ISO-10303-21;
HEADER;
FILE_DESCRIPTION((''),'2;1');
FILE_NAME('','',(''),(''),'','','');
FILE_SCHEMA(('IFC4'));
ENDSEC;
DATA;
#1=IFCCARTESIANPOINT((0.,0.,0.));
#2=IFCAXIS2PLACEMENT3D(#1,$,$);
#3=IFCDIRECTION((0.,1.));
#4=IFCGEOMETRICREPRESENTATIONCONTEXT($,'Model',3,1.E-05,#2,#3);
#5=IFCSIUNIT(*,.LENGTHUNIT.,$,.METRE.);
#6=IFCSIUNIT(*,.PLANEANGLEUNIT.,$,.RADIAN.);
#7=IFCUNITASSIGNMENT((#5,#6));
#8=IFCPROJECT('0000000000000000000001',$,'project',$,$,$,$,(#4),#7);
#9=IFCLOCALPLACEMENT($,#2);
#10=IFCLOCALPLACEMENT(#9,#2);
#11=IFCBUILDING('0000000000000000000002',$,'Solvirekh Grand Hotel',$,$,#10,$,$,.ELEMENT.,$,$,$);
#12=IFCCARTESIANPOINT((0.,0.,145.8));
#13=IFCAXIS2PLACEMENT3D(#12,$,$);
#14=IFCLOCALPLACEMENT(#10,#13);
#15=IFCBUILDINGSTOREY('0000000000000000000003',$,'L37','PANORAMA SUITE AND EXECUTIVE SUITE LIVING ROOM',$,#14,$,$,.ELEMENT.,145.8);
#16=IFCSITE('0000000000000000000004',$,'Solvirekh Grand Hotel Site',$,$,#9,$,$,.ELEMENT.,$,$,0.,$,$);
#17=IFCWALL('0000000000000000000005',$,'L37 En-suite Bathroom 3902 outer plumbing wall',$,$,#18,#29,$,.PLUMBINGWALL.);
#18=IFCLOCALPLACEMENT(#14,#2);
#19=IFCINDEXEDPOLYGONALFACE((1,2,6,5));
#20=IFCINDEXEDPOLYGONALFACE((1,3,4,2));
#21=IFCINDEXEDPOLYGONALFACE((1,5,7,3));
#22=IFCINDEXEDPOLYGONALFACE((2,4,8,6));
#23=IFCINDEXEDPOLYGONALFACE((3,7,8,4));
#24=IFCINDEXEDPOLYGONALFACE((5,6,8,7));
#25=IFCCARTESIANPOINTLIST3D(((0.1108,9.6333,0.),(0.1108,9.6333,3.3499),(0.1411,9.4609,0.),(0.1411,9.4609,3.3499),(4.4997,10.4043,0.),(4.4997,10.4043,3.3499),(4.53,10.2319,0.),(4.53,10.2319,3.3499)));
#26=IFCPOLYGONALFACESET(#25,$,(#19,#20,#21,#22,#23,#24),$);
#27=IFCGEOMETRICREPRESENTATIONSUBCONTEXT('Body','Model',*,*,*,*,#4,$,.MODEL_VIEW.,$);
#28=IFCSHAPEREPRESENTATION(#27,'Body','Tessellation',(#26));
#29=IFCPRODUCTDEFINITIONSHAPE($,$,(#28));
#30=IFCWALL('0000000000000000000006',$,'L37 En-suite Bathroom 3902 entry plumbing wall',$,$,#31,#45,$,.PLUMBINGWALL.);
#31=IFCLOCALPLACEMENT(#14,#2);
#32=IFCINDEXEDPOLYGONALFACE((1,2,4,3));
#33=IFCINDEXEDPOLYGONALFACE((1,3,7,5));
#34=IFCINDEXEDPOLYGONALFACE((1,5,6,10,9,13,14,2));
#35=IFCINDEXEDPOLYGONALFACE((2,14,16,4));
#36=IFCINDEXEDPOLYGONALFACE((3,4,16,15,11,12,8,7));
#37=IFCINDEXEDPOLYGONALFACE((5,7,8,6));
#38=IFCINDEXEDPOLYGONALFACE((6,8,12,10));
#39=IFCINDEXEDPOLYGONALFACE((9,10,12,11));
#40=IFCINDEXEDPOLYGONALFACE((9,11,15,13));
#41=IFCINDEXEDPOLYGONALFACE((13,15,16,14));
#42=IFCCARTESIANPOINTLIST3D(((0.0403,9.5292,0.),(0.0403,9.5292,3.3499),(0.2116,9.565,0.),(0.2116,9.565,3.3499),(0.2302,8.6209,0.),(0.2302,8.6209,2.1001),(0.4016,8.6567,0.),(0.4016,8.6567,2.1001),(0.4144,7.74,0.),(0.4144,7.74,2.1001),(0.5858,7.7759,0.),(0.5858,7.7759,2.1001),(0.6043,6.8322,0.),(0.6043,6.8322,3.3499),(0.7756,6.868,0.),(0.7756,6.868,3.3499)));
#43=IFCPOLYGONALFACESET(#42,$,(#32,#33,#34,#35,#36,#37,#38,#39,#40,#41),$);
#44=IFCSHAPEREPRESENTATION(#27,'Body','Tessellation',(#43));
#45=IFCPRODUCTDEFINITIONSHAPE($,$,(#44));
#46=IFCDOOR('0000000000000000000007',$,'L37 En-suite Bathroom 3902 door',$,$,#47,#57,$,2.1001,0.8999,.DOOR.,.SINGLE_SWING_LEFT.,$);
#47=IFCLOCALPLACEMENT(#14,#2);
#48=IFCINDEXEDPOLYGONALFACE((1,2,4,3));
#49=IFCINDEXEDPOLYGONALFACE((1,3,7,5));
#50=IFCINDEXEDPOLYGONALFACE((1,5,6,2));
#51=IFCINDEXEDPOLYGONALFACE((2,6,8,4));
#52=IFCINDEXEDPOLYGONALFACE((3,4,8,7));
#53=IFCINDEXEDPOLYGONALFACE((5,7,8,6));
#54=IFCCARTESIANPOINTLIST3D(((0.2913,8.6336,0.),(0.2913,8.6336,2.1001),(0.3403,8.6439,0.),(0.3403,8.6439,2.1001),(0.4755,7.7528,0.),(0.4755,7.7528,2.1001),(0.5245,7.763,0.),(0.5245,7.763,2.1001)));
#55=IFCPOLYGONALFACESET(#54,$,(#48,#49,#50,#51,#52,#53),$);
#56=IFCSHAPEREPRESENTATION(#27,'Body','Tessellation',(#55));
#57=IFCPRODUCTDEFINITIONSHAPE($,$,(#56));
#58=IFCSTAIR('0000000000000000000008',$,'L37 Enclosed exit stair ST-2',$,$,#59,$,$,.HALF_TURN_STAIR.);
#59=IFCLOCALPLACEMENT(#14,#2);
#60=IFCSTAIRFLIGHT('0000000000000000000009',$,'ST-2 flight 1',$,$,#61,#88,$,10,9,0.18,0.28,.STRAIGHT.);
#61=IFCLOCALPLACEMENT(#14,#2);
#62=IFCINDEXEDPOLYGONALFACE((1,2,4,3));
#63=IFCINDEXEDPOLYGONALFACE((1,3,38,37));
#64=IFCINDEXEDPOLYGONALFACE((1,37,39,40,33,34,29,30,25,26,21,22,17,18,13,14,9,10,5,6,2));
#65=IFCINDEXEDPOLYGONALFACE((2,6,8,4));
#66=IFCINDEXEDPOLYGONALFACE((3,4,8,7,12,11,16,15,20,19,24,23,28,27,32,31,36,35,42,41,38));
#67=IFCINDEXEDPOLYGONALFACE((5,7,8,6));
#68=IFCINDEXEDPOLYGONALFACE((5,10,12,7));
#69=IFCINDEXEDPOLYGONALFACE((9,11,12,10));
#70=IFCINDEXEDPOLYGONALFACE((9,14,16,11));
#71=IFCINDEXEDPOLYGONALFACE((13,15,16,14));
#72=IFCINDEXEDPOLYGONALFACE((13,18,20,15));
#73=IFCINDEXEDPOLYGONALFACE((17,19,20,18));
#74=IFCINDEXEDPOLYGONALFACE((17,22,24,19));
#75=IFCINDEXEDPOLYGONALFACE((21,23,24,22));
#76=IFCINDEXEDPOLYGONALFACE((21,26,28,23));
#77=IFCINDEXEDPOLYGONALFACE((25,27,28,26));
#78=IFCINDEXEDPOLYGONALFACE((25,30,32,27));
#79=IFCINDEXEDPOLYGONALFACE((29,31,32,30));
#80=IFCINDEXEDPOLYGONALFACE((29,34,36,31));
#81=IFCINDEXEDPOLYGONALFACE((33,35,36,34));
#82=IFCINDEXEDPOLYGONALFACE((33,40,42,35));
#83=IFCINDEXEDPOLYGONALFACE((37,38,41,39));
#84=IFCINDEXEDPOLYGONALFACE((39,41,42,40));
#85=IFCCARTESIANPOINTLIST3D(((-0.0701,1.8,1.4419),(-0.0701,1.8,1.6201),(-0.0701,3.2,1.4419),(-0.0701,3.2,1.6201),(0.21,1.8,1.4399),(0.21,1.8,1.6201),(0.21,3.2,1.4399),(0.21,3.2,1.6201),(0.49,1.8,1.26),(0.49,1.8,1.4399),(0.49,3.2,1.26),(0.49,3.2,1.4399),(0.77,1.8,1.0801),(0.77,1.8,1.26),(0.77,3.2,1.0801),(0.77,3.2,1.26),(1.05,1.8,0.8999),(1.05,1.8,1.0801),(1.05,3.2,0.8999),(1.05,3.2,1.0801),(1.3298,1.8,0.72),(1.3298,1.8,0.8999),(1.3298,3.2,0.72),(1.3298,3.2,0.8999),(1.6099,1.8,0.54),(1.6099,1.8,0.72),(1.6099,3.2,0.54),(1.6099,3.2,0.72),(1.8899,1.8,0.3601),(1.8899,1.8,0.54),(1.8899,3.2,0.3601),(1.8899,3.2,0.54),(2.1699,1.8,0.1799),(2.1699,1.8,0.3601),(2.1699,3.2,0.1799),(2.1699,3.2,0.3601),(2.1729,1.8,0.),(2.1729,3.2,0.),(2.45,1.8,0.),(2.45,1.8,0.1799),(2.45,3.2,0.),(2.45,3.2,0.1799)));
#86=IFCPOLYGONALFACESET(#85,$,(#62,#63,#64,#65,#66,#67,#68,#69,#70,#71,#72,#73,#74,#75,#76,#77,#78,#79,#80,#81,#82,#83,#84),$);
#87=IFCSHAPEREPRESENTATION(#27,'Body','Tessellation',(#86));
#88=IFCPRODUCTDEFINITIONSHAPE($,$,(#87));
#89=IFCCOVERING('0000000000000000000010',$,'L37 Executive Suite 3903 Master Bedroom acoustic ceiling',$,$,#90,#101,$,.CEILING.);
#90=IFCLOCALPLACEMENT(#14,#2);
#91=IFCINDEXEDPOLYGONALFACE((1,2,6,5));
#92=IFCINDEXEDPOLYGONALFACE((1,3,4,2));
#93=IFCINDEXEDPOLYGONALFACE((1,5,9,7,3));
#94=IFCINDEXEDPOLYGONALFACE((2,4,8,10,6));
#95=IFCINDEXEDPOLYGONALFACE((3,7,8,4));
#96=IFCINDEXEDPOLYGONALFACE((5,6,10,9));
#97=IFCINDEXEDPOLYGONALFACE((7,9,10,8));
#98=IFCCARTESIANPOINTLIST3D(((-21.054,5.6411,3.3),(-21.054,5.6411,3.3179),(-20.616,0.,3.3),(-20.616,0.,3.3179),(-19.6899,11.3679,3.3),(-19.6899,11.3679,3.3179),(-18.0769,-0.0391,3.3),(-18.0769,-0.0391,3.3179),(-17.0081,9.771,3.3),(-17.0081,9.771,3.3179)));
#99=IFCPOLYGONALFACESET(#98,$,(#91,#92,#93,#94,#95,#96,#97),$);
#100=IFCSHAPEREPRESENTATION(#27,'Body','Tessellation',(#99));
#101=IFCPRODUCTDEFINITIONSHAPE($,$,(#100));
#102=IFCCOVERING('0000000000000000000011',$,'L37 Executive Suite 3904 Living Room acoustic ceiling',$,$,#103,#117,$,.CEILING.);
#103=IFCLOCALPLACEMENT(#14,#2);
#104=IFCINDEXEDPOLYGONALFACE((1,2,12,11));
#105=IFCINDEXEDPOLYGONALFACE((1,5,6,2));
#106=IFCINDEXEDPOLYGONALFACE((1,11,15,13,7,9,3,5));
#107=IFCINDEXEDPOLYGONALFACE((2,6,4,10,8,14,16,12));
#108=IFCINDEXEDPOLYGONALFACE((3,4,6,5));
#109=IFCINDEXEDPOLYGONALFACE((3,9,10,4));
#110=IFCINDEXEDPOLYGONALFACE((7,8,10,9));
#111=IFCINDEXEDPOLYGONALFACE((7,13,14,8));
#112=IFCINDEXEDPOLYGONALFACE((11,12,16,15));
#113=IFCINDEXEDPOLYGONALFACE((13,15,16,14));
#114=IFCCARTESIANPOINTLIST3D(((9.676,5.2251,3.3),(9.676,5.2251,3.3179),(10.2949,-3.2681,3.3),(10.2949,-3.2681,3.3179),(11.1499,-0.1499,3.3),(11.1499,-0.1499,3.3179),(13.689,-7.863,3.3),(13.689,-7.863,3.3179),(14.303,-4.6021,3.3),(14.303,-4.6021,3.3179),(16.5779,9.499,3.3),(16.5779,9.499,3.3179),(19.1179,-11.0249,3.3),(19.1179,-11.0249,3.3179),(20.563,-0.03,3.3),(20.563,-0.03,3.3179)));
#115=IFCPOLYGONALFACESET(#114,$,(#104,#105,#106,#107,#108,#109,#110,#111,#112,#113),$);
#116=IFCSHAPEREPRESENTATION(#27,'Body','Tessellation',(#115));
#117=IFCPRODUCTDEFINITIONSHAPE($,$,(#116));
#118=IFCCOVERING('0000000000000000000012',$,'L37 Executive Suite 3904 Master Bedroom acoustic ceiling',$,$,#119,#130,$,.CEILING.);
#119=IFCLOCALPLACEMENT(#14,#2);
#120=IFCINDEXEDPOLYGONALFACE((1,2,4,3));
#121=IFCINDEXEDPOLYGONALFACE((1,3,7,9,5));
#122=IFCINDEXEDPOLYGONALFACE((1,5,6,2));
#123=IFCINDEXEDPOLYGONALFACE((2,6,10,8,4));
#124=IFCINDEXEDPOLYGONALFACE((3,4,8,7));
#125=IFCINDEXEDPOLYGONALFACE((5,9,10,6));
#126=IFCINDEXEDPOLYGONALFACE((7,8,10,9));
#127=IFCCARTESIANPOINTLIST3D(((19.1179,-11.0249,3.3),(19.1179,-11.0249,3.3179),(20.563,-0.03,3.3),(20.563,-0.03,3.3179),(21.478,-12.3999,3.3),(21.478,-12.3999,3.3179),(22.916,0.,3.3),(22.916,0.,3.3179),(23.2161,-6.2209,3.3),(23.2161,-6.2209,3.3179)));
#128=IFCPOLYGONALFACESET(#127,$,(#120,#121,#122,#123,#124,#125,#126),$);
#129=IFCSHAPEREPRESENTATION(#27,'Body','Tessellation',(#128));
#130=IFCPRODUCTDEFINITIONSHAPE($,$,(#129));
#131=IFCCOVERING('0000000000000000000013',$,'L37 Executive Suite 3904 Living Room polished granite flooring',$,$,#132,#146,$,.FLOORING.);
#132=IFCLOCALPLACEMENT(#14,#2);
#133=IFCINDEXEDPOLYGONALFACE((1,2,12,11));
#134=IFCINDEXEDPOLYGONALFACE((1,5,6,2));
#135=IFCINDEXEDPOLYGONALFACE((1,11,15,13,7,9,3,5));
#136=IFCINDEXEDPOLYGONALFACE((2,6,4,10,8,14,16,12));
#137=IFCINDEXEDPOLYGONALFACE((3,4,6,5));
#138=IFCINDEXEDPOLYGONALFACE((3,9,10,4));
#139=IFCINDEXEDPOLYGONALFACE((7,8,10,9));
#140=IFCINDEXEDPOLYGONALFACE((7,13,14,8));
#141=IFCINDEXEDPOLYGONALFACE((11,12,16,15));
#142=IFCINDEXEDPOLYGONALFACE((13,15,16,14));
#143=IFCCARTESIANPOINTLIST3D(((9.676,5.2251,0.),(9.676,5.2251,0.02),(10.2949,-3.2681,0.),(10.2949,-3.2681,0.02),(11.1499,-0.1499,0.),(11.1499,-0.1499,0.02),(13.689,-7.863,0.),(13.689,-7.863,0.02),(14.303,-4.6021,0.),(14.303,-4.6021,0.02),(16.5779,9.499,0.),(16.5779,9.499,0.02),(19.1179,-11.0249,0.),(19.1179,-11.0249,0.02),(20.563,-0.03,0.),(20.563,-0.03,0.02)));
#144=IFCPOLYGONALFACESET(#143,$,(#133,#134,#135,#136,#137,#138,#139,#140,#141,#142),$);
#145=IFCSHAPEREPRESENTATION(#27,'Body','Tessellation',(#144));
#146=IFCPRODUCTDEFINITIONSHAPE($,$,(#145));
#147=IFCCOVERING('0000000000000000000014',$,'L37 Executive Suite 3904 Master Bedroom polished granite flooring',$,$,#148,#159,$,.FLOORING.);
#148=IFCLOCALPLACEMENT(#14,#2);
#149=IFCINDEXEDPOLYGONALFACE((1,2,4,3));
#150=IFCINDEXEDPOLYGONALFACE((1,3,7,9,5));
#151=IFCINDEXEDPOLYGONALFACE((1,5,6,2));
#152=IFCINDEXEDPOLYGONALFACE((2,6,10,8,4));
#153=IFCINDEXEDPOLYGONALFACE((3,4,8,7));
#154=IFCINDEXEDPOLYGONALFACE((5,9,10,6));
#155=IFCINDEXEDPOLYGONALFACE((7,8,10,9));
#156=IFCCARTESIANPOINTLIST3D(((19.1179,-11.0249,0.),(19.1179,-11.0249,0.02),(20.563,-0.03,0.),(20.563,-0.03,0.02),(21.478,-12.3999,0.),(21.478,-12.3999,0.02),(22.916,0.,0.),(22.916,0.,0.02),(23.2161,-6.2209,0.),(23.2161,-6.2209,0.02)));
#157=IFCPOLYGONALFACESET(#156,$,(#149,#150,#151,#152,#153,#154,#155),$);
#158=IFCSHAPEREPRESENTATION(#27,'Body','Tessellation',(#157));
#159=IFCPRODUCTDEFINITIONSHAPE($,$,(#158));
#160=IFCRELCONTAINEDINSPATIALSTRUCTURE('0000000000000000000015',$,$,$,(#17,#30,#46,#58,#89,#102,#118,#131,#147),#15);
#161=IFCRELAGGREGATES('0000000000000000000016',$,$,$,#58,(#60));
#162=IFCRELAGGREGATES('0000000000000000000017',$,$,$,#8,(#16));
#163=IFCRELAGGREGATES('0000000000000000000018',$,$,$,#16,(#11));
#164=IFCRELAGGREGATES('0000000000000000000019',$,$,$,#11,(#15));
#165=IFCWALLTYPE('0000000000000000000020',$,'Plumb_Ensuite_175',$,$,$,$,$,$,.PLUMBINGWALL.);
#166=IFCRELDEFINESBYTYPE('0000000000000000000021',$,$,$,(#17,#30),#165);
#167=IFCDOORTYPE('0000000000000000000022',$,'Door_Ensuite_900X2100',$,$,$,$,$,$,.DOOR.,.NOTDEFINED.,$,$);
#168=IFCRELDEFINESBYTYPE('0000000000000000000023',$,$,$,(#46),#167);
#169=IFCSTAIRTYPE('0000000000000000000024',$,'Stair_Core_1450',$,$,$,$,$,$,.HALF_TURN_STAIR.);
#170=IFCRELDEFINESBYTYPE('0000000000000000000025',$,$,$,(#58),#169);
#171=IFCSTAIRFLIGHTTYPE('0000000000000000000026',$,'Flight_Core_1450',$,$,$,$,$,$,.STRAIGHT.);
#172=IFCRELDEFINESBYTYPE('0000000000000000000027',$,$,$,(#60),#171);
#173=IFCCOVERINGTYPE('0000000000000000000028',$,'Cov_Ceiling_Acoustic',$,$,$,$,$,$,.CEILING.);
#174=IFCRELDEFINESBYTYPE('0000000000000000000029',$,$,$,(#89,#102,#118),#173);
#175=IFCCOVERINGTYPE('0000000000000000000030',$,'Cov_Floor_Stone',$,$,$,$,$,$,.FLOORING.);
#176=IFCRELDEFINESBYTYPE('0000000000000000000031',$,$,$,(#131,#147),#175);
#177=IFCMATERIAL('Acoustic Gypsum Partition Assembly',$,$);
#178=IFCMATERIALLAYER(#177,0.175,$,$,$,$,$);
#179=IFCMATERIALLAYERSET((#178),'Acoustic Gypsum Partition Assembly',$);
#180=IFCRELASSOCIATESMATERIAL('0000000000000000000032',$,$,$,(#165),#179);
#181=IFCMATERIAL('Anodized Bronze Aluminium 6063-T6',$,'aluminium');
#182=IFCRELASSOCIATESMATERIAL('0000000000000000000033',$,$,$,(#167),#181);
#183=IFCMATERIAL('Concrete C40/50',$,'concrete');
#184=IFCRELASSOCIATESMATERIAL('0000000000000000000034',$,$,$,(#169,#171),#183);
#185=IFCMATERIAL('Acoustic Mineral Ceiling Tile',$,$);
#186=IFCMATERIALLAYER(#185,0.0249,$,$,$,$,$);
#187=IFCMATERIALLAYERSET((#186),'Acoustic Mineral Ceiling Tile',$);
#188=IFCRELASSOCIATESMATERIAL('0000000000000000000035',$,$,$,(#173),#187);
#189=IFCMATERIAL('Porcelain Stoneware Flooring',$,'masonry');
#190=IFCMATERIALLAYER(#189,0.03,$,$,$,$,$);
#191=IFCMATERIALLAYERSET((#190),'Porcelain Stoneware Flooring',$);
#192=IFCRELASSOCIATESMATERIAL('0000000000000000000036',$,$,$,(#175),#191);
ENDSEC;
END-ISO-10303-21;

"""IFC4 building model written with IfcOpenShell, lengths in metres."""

from ifc_helpers import new_model, si_unit, direction, frame, frame_2d, origin, place, context, subcontext, project, spatial, polyline, rectangle, outline, extrude, material, layer, layer_set, type_object, element, fill, aggregate, save


model = new_model("IFC4")

# Units and contexts
model_context = context("Model", 3, precision=1e-05, world=origin(), true_north=direction((0.0, 1.0)))
body_context = subcontext(model_context, "Body", "Model", "MODEL_VIEW")
ifc_project = project(units=[si_unit("LENGTHUNIT", "METRE"), si_unit("PLANEANGLEUNIT", "RADIAN")], contexts=[model_context])

# Site, building, storey
site_placement = place(None, origin())
site = spatial("IfcSite", under=ifc_project, at=site_placement, Name="Solvirekh Grand Hotel Site", CompositionType="ELEMENT", RefElevation=0.0)
building_placement = place(site_placement, origin())
building = spatial("IfcBuilding", under=site, at=building_placement, Name="Solvirekh Grand Hotel", CompositionType="ELEMENT")
storey_placement = place(building_placement, frame((0.0, 0.0, 145.8)))
storey = spatial("IfcBuildingStorey", under=building, at=storey_placement, Name="L37", Description="PANORAMA SUITE AND EXECUTIVE SUITE LIVING ROOM", CompositionType="ELEMENT", Elevation=145.8)

# Shared definitions
ifc_material_1 = material(Name="Anodized Bronze Aluminium 6063-T6", Category="aluminium")

# Shared definitions
ifc_material_2 = material(Name="Concrete C40/50", Category="concrete")

# Shared definitions
ifc_material_3 = material(Name="Acoustic Gypsum Partition Assembly")
ifc_layer_1 = layer(ifc_material_3, 0.175)
ifc_layer_set_1 = layer_set([ifc_layer_1], Name="Acoustic Gypsum Partition Assembly")
wall_type_1 = type_object("IfcWallType", Name="Plumb_Ensuite_175", PredefinedType="PLUMBINGWALL", material=ifc_layer_set_1)

# Shared definitions
door_type = type_object("IfcDoorType", Name="Door_Ensuite_900X2100", OperationType="NOTDEFINED", PredefinedType="DOOR", material=ifc_material_1)

# Wall
wall_1_placement = place(storey_placement, frame((0.126, 9.5471, 0.0), z_axis=(0.0, 0.0, 1.0), x_axis=(0.984918, 0.17302, 0.0)))
element("IfcWall", 1, at=wall_1_placement, inside=storey, type_object=wall_type_1, Name="L37 En-suite Bathroom 3902 outer plumbing wall", PredefinedType="PLUMBINGWALL", context=body_context, shape_type="SweptSolid", body=[
    extrude(rectangle(XDim=4.4561, YDim=0.175, at=frame_2d((2.228, 0.0))), origin(), (0.0, 0.0, 1.0), 3.3499),
])

# Wall, opening, door
wall_2_placement = place(storey_placement, frame((0.126, 9.5471, 0.0), z_axis=(0.0, 0.0, 1.0), x_axis=(0.20468, -0.978829, 0.0)))
wall_2 = element("IfcWall", 2, at=wall_2_placement, inside=storey, type_object=wall_type_1, Name="L37 En-suite Bathroom 3902 entry plumbing wall", PredefinedType="PLUMBINGWALL", context=body_context, shape_type="SweptSolid", body=[
    extrude(rectangle(XDim=2.7554, YDim=0.175, at=frame_2d((1.3777, 0.0))), origin(), (0.0, 0.0, 1.0), 3.3499),
])
opening_1_placement = place(wall_2_placement, frame((0.928, 0.0, 0.0)))
opening_1 = element("IfcOpeningElement", 3, at=opening_1_placement, cuts=wall_2, PredefinedType="OPENING", context=body_context, shape_type="SweptSolid", body=[
    extrude(rectangle(XDim=0.8999, YDim=2.1001, at=frame_2d((0.45, 1.05))), frame((0.0, 0.0977, 0.0), z_axis=(0.0, -1.0, 0.0), x_axis=(1.0, 0.0, 0.0)), (0.0, 0.0, 1.0), 0.1951),
])
door_1_placement = place(opening_1_placement, origin())
door_1 = element("IfcDoor", 4, at=door_1_placement, inside=storey, type_object=door_type, Name="L37 En-suite Bathroom 3902 door", OperationType="SINGLE_SWING_LEFT", OverallHeight=2.1001, OverallWidth=0.8999, PredefinedType="DOOR", context=body_context, shape_type="SweptSolid", body=[
    extrude(rectangle(XDim=0.8999, YDim=2.1001, at=frame_2d((0.45, 1.05))), frame((0.0, 0.0249, 0.0), z_axis=(0.0, -1.0, 0.0), x_axis=(1.0, 0.0, 0.0)), (0.0, 0.0, 1.0), 0.05),
])
fill(opening_1, door_1)

# Stair, stair flight
stair_type = type_object("IfcStairType", Name="Stair_Core_1450", PredefinedType="HALF_TURN_STAIR", material=ifc_material_2)
stair_placement = place(storey_placement, origin())
stair = element("IfcStair", 5, at=stair_placement, inside=storey, type_object=stair_type, Name="L37 Enclosed exit stair ST-2", PredefinedType="HALF_TURN_STAIR")
stair_flight_type = type_object("IfcStairFlightType", Name="Flight_Core_1450", PredefinedType="STRAIGHT", material=ifc_material_2)
stair_flight_placement = place(storey_placement, frame((2.45, 2.5, 0.0), z_axis=(0.0, 0.0, 1.0), x_axis=(-1.0, 0.0, 0.0)))
stair_flight = element("IfcStairFlight", 6, at=stair_flight_placement, type_object=stair_flight_type, Name="ST-2 flight 1", NumberOfRisers=10, NumberOfTreads=9, PredefinedType="STRAIGHT", RiserHeight=0.18, TreadLength=0.28, context=body_context, shape_type="SweptSolid", body=[
    extrude(outline(polyline([(0.0, 0.0), (0.0, 0.1799), (0.28, 0.1799), (0.28, 0.3601), (0.5601, 0.3601), (0.5601, 0.54), (0.8401, 0.54), (0.8401, 0.72), (1.1201, 0.72), (1.1201, 0.8999), (1.3999, 0.8999), (1.3999, 1.0801), (1.6799, 1.0801), (1.6799, 1.26), (1.96, 1.26), (1.96, 1.4399), (2.24, 1.4399), (2.24, 1.6201), (2.52, 1.6201), (2.52, 1.8), (2.52, 1.4419), (0.2771, 0.0), (0.0, 0.0)])), frame((0.0, 0.7, 0.0), z_axis=(0.0, -1.0, 0.0), x_axis=(1.0, 0.0, 0.0)), (0.0, 0.0, 1.0), 1.3999),
])
aggregate(stair, [stair_flight])

# Coverings
ifc_material_4 = material(Name="Acoustic Mineral Ceiling Tile")
ifc_layer_2 = layer(ifc_material_4, 0.0249)
ifc_layer_set_2 = layer_set([ifc_layer_2], Name="Acoustic Mineral Ceiling Tile")
covering_type_1 = type_object("IfcCoveringType", Name="Cov_Ceiling_Acoustic", PredefinedType="CEILING", material=ifc_layer_set_2)
covering_1_placement = place(storey_placement, frame((0.0, 0.0, 3.3)))
element("IfcCovering", 7, at=covering_1_placement, inside=storey, type_object=covering_type_1, Name="L37 Executive Suite 3903 Master Bedroom acoustic ceiling", PredefinedType="CEILING", context=body_context, shape_type="SweptSolid", body=[
    extrude(outline(polyline([(-19.6899, 11.3679), (-21.054, 5.6411), (-20.616, 0.0), (-18.0769, -0.0391), (-17.0081, 9.771), (-19.6899, 11.3679)])), origin(), (0.0, 0.0, 1.0), 0.0178),
])
covering_2_placement = place(storey_placement, frame((0.0, 0.0, 3.3)))
element("IfcCovering", 8, at=covering_2_placement, inside=storey, type_object=covering_type_1, Name="L37 Executive Suite 3904 Living Room acoustic ceiling", PredefinedType="CEILING", context=body_context, shape_type="SweptSolid", body=[
    extrude(outline(polyline([(14.303, -4.6021), (13.689, -7.863), (19.1179, -11.0249), (20.563, -0.03), (16.5779, 9.499), (9.676, 5.2251), (11.1499, -0.1499), (10.2949, -3.2681), (14.303, -4.6021)])), origin(), (0.0, 0.0, 1.0), 0.0178),
])
covering_3_placement = place(storey_placement, frame((0.0, 0.0, 3.3)))
element("IfcCovering", 9, at=covering_3_placement, inside=storey, type_object=covering_type_1, Name="L37 Executive Suite 3904 Master Bedroom acoustic ceiling", PredefinedType="CEILING", context=body_context, shape_type="SweptSolid", body=[
    extrude(outline(polyline([(21.478, -12.3999), (23.2161, -6.2209), (22.916, 0.0), (20.563, -0.03), (19.1179, -11.0249), (21.478, -12.3999)])), origin(), (0.0, 0.0, 1.0), 0.0178),
])
ifc_material_5 = material(Name="Porcelain Stoneware Flooring", Category="masonry")
ifc_layer_3 = layer(ifc_material_5, 0.03)
ifc_layer_set_3 = layer_set([ifc_layer_3], Name="Porcelain Stoneware Flooring")
covering_type_2 = type_object("IfcCoveringType", Name="Cov_Floor_Stone", PredefinedType="FLOORING", material=ifc_layer_set_3)
covering_4_placement = place(storey_placement, origin())
element("IfcCovering", 10, at=covering_4_placement, inside=storey, type_object=covering_type_2, Name="L37 Executive Suite 3904 Living Room polished granite flooring", PredefinedType="FLOORING", context=body_context, shape_type="SweptSolid", body=[
    extrude(outline(polyline([(14.303, -4.6021), (13.689, -7.863), (19.1179, -11.0249), (20.563, -0.03), (16.5779, 9.499), (9.676, 5.2251), (11.1499, -0.1499), (10.2949, -3.2681), (14.303, -4.6021)])), origin(), (0.0, 0.0, 1.0), 0.02),
])
covering_5_placement = place(storey_placement, origin())
element("IfcCovering", 11, at=covering_5_placement, inside=storey, type_object=covering_type_2, Name="L37 Executive Suite 3904 Master Bedroom polished granite flooring", PredefinedType="FLOORING", context=body_context, shape_type="SweptSolid", body=[
    extrude(outline(polyline([(21.478, -12.3999), (23.2161, -6.2209), (22.916, 0.0), (20.563, -0.03), (19.1179, -11.0249), (21.478, -12.3999)])), origin(), (0.0, 0.0, 1.0), 0.02),
])

save(model, "model.ifc")
